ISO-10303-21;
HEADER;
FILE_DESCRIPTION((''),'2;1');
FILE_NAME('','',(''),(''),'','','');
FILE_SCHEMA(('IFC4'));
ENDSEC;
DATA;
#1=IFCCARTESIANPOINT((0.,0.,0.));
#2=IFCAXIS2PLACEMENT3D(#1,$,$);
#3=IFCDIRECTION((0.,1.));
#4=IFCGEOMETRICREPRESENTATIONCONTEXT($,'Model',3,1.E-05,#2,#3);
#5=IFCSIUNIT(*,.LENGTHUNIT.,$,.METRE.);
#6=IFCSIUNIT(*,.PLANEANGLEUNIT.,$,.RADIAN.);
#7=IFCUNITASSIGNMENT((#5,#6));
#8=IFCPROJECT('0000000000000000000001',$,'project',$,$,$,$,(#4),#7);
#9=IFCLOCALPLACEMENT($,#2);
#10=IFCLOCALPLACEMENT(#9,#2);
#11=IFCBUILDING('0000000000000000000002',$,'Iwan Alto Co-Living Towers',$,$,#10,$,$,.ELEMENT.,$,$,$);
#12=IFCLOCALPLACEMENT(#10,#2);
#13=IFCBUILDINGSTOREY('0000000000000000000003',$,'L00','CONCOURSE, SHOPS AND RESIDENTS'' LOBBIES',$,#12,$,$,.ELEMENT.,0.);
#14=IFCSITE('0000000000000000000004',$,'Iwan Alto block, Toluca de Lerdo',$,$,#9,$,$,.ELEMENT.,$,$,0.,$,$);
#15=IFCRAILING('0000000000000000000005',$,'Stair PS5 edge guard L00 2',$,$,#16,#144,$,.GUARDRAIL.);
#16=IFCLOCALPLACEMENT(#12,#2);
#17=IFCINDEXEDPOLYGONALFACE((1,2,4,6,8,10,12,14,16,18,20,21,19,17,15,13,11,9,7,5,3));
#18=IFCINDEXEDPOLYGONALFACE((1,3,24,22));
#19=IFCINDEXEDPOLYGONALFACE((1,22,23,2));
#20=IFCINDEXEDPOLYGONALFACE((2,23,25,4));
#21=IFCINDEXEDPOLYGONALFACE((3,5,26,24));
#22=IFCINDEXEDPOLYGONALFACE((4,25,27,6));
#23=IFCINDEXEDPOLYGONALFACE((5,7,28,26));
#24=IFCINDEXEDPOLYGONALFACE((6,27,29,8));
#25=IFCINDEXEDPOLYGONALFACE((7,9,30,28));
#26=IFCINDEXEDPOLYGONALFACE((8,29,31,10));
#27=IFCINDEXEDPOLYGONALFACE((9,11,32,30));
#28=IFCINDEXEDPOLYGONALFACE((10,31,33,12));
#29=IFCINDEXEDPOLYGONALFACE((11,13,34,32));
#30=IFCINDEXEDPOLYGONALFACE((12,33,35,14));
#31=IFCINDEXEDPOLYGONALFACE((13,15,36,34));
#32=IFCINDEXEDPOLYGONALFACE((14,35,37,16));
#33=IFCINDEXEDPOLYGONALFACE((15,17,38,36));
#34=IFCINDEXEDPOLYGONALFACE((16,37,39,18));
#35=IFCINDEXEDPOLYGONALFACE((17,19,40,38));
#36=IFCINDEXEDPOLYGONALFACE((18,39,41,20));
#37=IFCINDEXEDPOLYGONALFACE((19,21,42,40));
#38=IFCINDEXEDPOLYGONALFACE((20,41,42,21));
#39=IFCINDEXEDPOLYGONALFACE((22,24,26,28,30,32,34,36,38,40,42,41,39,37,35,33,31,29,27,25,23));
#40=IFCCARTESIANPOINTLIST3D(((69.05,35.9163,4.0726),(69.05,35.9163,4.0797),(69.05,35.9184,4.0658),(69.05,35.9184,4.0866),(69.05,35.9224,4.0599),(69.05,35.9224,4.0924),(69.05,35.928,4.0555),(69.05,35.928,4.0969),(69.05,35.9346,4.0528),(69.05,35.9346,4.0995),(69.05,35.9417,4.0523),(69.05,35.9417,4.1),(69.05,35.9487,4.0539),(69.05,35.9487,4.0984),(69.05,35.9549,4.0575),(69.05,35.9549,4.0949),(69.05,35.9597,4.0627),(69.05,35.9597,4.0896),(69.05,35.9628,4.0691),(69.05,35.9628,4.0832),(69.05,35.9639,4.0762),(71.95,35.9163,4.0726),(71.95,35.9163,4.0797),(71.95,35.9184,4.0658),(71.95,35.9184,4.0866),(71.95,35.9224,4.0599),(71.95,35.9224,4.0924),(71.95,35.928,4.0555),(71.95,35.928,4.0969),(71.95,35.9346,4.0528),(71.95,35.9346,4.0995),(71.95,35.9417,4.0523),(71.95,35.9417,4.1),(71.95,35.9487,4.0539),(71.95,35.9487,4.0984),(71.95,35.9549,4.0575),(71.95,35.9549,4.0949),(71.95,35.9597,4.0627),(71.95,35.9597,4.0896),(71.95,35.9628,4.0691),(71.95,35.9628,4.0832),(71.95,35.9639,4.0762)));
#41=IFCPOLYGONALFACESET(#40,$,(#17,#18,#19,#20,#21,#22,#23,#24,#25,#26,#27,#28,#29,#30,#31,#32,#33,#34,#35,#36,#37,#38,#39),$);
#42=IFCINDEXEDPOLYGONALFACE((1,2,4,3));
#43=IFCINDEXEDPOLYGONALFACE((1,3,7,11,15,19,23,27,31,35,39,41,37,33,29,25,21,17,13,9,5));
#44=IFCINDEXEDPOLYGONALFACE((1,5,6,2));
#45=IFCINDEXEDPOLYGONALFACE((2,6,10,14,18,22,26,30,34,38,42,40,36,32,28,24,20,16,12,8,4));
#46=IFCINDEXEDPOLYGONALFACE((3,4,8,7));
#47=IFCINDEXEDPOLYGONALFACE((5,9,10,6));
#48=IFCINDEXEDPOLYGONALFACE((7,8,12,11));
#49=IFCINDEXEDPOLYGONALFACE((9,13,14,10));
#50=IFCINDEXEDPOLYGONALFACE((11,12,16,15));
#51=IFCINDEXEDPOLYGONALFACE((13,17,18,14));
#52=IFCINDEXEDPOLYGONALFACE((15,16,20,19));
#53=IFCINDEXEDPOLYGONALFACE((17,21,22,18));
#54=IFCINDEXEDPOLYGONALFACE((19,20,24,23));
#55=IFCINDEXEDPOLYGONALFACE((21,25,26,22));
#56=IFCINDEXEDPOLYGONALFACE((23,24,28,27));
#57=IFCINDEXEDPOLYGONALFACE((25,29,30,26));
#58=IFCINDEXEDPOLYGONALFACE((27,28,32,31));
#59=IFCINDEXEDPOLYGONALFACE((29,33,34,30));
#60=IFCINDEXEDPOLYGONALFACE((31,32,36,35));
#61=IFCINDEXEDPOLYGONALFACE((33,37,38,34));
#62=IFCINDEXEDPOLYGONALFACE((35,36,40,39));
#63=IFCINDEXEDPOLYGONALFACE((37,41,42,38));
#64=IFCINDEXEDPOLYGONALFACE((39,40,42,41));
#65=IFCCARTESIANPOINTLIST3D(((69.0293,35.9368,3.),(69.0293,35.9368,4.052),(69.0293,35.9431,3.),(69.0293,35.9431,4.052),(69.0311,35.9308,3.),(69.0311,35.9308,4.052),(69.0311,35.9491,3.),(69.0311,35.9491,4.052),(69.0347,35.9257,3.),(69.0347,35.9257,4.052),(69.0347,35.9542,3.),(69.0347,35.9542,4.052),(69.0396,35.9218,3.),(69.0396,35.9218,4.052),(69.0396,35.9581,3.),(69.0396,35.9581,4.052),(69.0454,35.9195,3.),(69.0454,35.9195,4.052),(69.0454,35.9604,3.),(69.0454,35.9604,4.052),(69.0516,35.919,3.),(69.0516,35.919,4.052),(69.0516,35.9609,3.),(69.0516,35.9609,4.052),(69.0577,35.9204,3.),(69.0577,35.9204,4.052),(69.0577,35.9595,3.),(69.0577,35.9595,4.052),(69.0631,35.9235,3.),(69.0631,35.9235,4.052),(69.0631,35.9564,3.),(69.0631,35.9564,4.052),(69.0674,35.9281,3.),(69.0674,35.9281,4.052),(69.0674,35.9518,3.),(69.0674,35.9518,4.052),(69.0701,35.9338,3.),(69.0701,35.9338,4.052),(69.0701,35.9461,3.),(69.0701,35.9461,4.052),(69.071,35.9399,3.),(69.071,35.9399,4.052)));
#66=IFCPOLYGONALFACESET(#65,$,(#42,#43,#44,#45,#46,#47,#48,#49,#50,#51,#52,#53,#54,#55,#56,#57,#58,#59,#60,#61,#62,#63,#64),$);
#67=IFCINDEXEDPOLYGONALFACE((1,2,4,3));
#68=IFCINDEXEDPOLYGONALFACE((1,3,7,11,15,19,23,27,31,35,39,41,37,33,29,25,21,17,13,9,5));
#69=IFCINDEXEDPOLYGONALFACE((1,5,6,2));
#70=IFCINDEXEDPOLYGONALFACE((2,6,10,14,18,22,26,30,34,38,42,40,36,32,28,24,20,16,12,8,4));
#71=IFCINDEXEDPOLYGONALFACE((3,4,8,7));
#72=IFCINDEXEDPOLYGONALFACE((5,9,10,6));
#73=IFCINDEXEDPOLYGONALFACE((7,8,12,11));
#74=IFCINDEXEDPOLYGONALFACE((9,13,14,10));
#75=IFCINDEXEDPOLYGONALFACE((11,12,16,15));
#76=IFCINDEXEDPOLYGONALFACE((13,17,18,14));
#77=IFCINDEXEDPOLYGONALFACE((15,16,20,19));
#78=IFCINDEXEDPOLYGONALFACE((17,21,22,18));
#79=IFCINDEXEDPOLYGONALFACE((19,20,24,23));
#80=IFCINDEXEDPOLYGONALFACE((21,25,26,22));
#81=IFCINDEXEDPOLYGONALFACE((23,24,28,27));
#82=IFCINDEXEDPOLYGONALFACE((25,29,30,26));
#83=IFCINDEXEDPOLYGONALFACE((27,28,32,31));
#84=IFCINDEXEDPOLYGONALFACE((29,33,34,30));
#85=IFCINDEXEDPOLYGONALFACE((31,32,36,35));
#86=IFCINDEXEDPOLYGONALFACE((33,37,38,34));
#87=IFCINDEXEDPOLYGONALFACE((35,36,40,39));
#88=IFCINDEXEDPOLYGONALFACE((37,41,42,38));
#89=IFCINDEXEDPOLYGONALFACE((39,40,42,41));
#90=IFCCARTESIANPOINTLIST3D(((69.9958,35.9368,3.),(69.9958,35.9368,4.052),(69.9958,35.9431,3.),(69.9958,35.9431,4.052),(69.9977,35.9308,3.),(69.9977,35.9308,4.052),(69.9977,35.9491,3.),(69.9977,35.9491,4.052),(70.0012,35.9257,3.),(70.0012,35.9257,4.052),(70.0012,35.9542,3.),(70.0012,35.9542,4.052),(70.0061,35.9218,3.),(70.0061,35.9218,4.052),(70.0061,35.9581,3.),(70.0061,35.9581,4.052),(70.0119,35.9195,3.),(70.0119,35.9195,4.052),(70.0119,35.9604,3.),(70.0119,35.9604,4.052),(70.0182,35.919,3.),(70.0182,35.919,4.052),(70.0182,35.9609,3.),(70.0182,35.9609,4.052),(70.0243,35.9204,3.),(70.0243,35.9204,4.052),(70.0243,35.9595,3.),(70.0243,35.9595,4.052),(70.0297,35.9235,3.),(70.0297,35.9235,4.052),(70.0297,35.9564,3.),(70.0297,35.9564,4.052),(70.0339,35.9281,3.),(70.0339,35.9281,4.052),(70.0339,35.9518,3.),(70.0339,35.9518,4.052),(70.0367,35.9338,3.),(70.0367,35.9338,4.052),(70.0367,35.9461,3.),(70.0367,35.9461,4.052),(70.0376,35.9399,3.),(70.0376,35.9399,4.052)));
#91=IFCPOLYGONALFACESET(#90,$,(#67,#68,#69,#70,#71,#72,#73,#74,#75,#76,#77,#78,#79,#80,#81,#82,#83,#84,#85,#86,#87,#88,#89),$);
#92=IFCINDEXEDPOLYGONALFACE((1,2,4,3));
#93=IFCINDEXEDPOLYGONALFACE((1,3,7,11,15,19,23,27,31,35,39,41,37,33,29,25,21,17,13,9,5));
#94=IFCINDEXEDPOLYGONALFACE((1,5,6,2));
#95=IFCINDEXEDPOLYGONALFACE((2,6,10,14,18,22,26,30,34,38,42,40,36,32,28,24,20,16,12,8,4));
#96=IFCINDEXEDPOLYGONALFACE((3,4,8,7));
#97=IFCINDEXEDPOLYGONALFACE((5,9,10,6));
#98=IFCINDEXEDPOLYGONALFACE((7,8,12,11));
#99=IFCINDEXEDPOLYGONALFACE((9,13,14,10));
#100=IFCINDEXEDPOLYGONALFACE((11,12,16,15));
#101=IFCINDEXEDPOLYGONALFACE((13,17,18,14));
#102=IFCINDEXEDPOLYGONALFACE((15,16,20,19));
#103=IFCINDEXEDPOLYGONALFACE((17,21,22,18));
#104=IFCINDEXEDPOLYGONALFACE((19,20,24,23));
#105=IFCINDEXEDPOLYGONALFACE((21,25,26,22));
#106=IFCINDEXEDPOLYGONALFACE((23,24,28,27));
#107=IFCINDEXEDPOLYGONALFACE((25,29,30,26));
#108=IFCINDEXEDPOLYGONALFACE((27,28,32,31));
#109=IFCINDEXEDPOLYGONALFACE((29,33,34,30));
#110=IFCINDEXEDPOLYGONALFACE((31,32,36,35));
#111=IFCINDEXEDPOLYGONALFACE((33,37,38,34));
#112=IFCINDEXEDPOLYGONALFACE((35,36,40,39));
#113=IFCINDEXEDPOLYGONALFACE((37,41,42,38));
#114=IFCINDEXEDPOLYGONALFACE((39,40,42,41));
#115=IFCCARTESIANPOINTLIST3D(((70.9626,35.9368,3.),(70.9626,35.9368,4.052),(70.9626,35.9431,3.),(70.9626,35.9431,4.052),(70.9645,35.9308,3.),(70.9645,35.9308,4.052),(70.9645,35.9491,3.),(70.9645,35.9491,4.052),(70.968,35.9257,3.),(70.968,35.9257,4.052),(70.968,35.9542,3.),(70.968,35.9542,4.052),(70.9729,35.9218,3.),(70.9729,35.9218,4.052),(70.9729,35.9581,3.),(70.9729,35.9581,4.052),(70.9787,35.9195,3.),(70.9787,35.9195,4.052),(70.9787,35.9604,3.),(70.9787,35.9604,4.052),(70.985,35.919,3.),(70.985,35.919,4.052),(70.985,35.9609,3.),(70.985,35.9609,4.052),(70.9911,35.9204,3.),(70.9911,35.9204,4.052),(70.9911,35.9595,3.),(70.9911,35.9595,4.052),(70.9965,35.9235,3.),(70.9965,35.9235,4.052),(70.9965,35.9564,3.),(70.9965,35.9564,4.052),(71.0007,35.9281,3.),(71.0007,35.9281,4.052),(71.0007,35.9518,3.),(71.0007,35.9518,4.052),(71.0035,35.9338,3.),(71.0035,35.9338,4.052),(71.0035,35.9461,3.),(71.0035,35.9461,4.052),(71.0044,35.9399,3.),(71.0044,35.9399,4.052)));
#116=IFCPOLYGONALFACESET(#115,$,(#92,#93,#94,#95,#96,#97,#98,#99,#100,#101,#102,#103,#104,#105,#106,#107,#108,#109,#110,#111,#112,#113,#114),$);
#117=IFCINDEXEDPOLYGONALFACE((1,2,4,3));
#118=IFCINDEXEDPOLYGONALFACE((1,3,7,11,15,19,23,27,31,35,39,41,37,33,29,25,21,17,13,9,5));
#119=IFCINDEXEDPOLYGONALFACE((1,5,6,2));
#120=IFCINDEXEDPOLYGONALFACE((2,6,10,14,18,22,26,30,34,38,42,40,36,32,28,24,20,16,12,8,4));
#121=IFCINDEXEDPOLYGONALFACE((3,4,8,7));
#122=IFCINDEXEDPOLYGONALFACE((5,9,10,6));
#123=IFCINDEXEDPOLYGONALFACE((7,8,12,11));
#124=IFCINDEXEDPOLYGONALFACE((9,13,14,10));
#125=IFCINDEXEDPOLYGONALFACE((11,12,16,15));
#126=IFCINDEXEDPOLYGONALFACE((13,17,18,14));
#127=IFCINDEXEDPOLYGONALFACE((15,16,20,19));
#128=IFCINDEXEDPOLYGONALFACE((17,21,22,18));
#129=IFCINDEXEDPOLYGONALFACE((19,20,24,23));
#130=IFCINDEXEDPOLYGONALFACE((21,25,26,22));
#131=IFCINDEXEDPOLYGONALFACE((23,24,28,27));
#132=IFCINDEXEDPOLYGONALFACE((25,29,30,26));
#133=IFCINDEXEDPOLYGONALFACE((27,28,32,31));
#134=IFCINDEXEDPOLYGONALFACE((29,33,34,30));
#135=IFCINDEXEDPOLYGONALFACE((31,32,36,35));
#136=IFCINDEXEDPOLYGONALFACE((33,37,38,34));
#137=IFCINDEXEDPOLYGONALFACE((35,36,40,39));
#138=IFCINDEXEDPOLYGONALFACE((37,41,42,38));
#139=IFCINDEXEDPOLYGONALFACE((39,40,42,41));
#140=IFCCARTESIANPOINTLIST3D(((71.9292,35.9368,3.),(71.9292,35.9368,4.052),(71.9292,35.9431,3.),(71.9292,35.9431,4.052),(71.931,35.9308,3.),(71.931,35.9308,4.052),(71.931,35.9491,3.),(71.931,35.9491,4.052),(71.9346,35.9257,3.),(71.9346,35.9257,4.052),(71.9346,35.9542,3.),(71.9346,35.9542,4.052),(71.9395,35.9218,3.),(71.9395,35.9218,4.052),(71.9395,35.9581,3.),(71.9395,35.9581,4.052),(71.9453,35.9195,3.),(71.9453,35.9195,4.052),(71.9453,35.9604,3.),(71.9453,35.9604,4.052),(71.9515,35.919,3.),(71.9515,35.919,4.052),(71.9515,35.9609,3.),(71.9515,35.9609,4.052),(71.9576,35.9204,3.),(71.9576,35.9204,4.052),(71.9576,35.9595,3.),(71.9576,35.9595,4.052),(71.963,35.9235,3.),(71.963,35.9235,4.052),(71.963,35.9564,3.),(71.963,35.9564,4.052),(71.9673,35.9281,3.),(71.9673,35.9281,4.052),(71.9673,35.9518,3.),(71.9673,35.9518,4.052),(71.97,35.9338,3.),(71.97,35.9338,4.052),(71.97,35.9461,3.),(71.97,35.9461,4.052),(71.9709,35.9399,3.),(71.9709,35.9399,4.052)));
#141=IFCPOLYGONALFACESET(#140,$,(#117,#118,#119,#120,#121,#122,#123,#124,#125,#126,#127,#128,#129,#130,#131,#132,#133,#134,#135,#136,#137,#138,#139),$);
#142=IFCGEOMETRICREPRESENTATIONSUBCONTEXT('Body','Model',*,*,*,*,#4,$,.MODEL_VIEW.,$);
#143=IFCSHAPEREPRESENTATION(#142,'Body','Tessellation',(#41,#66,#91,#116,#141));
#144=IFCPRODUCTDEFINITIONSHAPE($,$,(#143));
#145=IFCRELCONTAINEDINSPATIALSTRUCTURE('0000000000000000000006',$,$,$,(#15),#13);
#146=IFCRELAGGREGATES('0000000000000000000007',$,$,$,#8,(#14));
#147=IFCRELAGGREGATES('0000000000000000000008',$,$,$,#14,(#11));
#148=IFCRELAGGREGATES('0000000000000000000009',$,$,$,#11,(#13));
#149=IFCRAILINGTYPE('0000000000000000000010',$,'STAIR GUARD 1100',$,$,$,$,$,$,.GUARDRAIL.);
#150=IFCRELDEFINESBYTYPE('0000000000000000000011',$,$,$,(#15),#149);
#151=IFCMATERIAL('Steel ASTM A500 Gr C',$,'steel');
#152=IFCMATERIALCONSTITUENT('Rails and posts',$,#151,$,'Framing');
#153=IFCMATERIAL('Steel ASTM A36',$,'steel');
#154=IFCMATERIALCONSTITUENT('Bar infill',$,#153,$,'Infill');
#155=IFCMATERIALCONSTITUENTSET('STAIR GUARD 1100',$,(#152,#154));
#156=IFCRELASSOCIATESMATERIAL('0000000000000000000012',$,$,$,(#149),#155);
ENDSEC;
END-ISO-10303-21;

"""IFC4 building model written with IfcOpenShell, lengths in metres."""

from ifc_helpers import new_model, si_unit, direction, frame, origin, origin_2d, place, context, subcontext, project, spatial, circle, extrude, material, constituent, constituent_set, type_object, element, save


model = new_model("IFC4")

# Units and contexts
model_context = context("Model", 3, precision=1e-05, world=origin(), true_north=direction((0.0, 1.0)))
body_context = subcontext(model_context, "Body", "Model", "MODEL_VIEW")
ifc_project = project(units=[si_unit("LENGTHUNIT", "METRE"), si_unit("PLANEANGLEUNIT", "RADIAN")], contexts=[model_context])

# Site, building, storey
site_placement = place(None, origin())
site = spatial("IfcSite", under=ifc_project, at=site_placement, Name="Iwan Alto block, Toluca de Lerdo", CompositionType="ELEMENT", RefElevation=0.0)
building_placement = place(site_placement, origin())
building = spatial("IfcBuilding", under=site, at=building_placement, Name="Iwan Alto Co-Living Towers", CompositionType="ELEMENT")
storey_placement = place(building_placement, origin())
storey = spatial("IfcBuildingStorey", under=building, at=storey_placement, Name="L00", Description="CONCOURSE, SHOPS AND RESIDENTS' LOBBIES", CompositionType="ELEMENT", Elevation=0.0)

# Shared definitions
ifc_material_1 = material(Name="Steel ASTM A36", Category="steel")

# Railing
ifc_material_2 = material(Name="Steel ASTM A500 Gr C", Category="steel")
ifc_constituent_1 = constituent(ifc_material_2, Name="Rails and posts", Category="Framing")
ifc_constituent_2 = constituent(ifc_material_1, Name="Bar infill", Category="Infill")
ifc_constituent_set_1 = constituent_set(constituents=[ifc_constituent_1, ifc_constituent_2], Name="STAIR GUARD 1100")
railing_type_1 = type_object("IfcRailingType", Name="STAIR GUARD 1100", PredefinedType="GUARDRAIL", material=ifc_constituent_set_1)
railing_1_placement = place(storey_placement, frame((69.05, 35.9399, 3.0)))
element("IfcRailing", 1, at=railing_1_placement, inside=storey, type_object=railing_type_1, Name="Stair PS5 edge guard L00 2", PredefinedType="GUARDRAIL", context=body_context, shape_type="SweptSolid", body=[
    extrude(circle(Radius=0.0239, at=origin_2d()), frame((0.0, 0.0, 1.0762), z_axis=(1.0, 0.0, 0.0), x_axis=(0.0, 1.0, 0.0)), (0.0, 0.0, 1.0), 2.8999),
    extrude(circle(Radius=0.021, at=origin_2d()), origin(), (0.0, 0.0, 1.0), 1.052),
    extrude(circle(Radius=0.021, at=origin_2d()), frame((0.9666, 0.0, 0.0)), (0.0, 0.0, 1.0), 1.052),
    extrude(circle(Radius=0.021, at=origin_2d()), frame((1.9333, 0.0, 0.0)), (0.0, 0.0, 1.0), 1.052),
    extrude(circle(Radius=0.021, at=origin_2d()), frame((2.8999, 0.0, 0.0)), (0.0, 0.0, 1.0), 1.052),
])

save(model, "model.ifc")
